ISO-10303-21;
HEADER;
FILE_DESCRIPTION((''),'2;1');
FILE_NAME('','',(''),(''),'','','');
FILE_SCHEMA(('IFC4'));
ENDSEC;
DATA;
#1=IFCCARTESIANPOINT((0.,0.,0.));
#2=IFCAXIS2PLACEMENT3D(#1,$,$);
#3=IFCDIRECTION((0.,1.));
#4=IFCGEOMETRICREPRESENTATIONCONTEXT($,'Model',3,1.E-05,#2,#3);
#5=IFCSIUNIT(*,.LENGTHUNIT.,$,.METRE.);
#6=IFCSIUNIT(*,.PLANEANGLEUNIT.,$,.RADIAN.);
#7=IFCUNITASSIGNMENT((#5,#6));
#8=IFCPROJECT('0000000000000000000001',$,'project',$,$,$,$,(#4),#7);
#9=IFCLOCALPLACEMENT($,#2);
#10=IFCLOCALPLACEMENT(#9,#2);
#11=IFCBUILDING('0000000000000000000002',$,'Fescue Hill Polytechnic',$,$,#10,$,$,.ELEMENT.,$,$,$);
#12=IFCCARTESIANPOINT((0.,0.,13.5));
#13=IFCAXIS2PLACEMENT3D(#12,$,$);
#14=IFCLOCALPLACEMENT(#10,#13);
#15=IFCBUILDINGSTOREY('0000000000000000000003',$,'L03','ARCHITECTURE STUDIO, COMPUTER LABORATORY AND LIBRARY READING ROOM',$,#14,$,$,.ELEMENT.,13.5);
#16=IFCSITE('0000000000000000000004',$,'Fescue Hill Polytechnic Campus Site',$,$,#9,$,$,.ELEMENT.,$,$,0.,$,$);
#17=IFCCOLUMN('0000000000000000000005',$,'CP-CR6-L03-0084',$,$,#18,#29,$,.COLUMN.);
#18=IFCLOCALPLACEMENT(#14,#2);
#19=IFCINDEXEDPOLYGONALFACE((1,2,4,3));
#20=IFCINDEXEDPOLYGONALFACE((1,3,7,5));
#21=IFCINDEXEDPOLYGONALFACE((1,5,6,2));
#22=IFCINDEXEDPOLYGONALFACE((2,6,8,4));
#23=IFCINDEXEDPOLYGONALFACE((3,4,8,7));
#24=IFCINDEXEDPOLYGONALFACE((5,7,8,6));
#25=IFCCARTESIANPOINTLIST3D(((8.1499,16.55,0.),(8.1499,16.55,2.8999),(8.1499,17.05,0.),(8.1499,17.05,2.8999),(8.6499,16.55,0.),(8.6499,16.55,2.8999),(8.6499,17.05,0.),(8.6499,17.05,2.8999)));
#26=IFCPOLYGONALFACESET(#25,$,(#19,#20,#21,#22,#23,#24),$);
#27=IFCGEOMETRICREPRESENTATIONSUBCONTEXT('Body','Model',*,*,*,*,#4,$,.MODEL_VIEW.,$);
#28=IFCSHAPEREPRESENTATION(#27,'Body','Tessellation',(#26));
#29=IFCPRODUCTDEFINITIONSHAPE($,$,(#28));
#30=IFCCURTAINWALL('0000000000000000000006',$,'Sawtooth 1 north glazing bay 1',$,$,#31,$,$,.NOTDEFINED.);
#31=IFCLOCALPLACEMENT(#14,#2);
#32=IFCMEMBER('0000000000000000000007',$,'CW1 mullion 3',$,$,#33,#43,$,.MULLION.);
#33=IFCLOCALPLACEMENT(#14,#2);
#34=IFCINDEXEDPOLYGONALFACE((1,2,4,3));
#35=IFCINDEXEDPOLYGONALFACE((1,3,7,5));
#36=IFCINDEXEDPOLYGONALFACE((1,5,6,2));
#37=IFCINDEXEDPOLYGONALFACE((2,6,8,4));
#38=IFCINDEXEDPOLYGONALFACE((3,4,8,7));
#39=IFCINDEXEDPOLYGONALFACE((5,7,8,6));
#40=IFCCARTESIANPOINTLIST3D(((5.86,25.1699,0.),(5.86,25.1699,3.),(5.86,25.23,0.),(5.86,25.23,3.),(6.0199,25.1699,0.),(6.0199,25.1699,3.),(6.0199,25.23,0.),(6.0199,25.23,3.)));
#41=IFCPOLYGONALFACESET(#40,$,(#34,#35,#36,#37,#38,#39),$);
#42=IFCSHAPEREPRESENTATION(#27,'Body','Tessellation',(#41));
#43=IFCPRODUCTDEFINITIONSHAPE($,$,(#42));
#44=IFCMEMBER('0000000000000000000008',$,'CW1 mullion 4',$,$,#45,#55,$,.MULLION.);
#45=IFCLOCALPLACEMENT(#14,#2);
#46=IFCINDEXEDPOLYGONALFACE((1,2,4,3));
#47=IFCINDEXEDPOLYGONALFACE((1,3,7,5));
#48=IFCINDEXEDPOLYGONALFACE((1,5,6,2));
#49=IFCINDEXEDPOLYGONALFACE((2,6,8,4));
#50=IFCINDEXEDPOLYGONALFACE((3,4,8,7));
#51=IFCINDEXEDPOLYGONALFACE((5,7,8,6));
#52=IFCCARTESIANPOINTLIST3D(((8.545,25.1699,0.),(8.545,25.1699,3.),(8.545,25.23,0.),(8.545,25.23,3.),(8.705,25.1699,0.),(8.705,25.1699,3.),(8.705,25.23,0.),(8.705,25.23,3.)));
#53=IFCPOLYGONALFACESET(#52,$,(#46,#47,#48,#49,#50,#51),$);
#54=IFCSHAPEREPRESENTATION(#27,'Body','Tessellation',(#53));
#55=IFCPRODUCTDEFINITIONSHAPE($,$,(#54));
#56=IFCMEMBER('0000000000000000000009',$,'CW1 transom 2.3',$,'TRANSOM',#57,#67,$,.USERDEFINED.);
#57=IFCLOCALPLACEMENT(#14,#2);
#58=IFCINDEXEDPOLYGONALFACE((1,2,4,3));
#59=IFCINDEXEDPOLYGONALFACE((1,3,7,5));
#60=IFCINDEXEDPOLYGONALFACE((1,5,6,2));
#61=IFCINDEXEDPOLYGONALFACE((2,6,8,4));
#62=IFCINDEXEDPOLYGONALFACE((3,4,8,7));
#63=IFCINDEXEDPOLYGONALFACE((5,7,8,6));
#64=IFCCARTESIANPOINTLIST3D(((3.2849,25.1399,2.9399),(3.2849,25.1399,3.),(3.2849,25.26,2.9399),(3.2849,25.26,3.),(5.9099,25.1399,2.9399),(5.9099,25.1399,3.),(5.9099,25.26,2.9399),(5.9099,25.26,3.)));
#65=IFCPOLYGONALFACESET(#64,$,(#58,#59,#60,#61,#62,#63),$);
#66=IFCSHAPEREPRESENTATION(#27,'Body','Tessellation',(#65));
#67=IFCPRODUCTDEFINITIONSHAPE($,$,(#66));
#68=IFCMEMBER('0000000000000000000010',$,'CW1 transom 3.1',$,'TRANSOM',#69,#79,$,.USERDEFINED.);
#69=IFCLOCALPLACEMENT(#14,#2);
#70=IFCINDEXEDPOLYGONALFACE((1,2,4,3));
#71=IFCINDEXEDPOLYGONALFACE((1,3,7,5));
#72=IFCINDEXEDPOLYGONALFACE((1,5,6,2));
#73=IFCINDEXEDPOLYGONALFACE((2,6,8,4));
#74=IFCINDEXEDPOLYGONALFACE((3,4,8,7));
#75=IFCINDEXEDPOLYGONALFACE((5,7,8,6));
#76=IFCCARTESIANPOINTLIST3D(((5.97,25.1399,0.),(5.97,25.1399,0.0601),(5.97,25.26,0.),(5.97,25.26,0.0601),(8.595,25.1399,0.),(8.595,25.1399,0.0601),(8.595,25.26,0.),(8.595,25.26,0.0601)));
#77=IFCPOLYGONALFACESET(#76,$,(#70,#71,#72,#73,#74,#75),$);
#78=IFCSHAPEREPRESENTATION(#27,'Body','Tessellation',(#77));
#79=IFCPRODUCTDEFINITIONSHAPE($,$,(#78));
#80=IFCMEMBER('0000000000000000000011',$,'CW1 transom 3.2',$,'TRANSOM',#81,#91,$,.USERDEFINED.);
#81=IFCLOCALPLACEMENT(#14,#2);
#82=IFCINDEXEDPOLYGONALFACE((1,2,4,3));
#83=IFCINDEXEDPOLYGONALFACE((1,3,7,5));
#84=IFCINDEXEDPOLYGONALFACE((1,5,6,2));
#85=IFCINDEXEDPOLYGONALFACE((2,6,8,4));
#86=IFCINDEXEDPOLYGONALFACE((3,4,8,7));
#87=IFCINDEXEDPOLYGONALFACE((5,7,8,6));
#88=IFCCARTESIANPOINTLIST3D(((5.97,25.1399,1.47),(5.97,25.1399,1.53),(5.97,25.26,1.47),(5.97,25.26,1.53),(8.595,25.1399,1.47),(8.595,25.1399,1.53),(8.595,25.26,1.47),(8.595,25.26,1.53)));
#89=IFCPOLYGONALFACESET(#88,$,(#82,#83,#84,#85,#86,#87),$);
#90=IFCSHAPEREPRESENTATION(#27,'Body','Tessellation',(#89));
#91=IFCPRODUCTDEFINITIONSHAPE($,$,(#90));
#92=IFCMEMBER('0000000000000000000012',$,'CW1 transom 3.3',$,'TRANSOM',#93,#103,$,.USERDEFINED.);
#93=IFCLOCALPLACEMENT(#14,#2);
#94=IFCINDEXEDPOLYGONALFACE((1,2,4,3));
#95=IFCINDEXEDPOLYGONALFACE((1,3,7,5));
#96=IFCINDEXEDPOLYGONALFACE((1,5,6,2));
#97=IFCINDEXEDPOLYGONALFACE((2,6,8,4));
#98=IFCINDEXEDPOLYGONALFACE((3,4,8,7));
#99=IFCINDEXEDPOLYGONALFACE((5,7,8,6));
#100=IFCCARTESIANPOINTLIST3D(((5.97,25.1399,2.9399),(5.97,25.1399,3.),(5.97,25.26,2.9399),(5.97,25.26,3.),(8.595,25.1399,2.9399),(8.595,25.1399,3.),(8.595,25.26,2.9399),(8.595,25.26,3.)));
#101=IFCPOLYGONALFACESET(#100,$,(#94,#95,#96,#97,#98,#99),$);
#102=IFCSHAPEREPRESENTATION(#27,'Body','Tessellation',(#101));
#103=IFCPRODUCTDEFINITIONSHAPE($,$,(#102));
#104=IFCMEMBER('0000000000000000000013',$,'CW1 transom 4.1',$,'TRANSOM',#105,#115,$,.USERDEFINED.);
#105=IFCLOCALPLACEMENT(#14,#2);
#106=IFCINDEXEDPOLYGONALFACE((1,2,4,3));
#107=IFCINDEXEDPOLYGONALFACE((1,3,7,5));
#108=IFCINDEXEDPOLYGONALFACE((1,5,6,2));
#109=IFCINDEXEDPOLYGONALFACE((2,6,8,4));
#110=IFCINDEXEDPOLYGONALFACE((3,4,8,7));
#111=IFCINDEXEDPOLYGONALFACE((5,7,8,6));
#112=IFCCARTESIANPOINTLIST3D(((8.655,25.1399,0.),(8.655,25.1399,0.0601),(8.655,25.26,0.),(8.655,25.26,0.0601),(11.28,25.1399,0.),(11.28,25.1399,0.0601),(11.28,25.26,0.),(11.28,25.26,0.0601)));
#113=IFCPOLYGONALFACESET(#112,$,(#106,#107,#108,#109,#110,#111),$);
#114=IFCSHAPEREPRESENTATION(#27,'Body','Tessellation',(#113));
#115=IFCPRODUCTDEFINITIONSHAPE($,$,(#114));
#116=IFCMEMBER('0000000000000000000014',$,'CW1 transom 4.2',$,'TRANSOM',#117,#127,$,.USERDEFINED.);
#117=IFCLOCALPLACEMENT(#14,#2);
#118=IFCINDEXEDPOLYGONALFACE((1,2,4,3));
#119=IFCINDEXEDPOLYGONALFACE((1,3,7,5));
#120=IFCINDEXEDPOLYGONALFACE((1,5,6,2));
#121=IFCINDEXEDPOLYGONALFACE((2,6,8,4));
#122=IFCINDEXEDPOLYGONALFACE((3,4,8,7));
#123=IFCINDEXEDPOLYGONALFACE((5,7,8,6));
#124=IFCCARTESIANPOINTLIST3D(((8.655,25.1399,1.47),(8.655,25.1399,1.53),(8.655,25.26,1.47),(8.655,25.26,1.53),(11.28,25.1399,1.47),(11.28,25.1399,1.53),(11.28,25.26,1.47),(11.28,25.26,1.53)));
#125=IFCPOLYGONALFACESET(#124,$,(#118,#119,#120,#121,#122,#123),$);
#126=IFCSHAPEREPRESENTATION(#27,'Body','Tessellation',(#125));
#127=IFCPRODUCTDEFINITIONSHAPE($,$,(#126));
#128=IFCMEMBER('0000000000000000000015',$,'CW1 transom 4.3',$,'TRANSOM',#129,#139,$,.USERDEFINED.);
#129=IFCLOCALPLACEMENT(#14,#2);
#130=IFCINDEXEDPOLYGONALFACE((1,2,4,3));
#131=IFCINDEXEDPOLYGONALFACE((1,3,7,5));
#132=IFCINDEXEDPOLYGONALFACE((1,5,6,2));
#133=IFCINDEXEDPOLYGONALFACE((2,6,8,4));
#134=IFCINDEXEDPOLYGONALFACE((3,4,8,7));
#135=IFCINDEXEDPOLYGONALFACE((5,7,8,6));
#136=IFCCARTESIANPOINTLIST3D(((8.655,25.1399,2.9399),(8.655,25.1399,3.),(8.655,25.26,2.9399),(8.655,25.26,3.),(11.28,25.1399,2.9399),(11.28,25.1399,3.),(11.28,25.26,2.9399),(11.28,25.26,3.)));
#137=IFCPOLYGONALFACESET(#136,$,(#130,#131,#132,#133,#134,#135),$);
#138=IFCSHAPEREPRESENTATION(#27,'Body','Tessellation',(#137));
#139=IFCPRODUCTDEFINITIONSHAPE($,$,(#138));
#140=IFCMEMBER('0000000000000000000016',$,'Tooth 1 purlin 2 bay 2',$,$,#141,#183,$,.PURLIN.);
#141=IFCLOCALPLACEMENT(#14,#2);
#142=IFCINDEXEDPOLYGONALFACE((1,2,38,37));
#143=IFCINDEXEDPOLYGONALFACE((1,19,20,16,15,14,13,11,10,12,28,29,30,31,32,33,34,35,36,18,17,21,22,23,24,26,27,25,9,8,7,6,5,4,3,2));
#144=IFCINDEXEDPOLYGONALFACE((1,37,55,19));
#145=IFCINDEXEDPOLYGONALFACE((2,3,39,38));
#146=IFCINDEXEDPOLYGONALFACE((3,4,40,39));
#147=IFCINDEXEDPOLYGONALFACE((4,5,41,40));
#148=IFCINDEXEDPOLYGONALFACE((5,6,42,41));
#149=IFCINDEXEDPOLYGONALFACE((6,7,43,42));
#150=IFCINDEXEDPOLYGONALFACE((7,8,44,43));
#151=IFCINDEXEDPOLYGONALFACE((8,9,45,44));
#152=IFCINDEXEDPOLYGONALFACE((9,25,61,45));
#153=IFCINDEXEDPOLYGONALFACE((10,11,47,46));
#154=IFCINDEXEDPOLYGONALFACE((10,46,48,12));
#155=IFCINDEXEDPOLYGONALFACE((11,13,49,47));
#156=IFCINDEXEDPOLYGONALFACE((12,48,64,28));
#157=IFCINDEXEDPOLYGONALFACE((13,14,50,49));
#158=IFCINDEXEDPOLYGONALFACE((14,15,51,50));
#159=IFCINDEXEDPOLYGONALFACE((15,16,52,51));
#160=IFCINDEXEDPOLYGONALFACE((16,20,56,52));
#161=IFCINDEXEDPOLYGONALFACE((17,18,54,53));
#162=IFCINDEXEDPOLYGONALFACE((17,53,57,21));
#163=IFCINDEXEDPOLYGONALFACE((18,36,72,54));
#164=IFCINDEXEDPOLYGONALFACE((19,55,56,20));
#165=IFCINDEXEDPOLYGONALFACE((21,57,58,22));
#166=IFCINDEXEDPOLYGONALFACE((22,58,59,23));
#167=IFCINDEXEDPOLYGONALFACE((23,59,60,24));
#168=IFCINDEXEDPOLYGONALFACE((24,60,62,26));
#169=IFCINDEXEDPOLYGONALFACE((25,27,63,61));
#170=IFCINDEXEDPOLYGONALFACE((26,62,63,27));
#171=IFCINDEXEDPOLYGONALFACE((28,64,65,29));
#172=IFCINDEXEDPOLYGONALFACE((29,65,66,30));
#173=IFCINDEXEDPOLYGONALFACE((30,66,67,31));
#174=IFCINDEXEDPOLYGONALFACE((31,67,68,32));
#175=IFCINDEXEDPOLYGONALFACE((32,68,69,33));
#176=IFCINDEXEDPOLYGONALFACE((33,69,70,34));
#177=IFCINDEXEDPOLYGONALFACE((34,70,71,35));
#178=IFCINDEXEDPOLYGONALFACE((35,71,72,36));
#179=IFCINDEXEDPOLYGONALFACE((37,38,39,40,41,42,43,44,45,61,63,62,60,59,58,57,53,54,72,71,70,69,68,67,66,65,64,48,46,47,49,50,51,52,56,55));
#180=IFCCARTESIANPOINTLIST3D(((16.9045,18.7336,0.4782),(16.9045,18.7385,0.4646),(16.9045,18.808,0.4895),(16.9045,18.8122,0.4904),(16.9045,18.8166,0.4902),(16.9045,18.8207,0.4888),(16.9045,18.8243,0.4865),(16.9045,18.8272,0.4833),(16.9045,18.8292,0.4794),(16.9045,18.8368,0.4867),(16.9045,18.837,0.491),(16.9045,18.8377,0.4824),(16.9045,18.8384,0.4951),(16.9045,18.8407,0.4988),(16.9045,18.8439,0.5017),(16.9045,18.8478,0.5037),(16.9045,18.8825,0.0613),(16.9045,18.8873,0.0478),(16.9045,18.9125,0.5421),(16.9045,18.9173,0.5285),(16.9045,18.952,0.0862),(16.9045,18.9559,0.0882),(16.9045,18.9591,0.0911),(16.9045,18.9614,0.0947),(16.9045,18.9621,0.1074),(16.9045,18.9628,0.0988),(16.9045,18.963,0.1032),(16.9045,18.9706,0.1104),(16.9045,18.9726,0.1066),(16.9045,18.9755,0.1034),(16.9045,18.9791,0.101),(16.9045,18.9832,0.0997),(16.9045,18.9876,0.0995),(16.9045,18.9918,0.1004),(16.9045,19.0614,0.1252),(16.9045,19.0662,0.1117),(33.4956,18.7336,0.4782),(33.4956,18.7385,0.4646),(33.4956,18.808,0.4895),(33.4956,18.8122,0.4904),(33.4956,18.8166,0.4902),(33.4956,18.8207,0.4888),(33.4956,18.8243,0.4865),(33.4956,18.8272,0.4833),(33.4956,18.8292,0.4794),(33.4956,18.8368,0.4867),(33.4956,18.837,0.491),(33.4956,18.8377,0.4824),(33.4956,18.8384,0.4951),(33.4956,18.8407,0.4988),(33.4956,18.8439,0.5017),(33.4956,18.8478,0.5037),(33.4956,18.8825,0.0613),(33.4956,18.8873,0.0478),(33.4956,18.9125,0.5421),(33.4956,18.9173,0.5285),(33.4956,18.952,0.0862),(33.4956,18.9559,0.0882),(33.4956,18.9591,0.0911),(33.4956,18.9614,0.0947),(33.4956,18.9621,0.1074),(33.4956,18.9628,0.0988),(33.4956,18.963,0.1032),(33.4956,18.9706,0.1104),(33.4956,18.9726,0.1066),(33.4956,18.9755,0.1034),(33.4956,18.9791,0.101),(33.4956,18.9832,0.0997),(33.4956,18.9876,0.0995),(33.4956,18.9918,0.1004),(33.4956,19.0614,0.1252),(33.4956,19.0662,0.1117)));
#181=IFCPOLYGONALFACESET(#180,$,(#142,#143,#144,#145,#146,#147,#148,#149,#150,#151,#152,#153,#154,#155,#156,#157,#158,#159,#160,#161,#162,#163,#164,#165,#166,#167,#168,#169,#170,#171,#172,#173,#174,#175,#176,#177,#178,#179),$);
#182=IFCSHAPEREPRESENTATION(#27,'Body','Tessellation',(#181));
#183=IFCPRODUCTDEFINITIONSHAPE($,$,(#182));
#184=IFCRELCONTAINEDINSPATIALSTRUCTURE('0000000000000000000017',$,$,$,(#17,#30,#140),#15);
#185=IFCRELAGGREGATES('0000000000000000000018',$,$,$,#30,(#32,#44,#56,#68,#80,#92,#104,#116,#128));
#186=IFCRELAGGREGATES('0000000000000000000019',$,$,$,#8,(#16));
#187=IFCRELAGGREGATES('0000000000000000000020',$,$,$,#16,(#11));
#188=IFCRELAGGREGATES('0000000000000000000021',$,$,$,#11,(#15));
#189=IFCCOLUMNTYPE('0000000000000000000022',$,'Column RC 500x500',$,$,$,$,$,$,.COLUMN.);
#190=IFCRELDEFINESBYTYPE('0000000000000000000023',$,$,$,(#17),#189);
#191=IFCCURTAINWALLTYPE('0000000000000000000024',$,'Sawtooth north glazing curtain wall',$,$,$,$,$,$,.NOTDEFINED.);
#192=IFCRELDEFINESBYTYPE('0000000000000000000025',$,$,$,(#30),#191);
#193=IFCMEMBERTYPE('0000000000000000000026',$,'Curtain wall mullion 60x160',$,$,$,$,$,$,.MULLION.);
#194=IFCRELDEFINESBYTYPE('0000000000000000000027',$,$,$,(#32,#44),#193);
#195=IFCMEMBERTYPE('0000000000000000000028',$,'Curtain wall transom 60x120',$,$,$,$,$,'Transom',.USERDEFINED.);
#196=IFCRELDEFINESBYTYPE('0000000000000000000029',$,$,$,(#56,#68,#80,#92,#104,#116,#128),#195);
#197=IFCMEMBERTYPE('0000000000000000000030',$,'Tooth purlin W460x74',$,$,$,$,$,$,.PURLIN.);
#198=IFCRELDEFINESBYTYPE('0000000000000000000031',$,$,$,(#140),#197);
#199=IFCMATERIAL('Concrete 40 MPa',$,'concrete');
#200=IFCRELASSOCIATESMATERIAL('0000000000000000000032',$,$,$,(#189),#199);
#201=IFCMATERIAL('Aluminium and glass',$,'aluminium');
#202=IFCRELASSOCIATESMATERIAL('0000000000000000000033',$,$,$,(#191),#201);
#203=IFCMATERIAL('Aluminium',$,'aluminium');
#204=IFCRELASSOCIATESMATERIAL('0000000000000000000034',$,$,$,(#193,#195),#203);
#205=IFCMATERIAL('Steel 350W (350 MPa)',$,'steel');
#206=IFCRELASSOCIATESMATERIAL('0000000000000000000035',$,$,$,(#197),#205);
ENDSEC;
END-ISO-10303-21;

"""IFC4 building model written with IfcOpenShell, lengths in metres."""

from ifc_helpers import new_model, si_unit, direction, frame, origin, origin_2d, place, context, subcontext, project, spatial, rectangle, i_section, extrude, material, material_profile, profile_set, type_object, element, aggregate, save


model = new_model("IFC4")

# Units and contexts
model_context = context("Model", 3, precision=1e-05, world=origin(), true_north=direction((0.0, 1.0)))
body_context = subcontext(model_context, "Body", "Model", "MODEL_VIEW")
ifc_project = project(units=[si_unit("LENGTHUNIT", "METRE"), si_unit("PLANEANGLEUNIT", "RADIAN")], contexts=[model_context])

# Site, building, storey
site_placement = place(None, origin())
site = spatial("IfcSite", under=ifc_project, at=site_placement, Name="Fescue Hill Polytechnic Campus Site", CompositionType="ELEMENT", RefElevation=0.0)
building_placement = place(site_placement, origin())
building = spatial("IfcBuilding", under=site, at=building_placement, Name="Fescue Hill Polytechnic", CompositionType="ELEMENT")
storey_placement = place(building_placement, frame((0.0, 0.0, 13.5)))
storey = spatial("IfcBuildingStorey", under=building, at=storey_placement, Name="L03", Description="ARCHITECTURE STUDIO, COMPUTER LABORATORY AND LIBRARY READING ROOM", CompositionType="ELEMENT", Elevation=13.5)

# Column
ifc_material_1 = material(Name="Concrete 40 MPa", Category="concrete")
ifc_material_profile_1 = material_profile(ifc_material_1, rectangle(XDim=0.5, YDim=0.5, at=origin_2d()), Name="RC 500x500")
ifc_profile_set_1 = profile_set([ifc_material_profile_1], Name="Concrete 40 MPa")
column_type = type_object("IfcColumnType", Name="Column RC 500x500", PredefinedType="COLUMN", material=ifc_profile_set_1)
column_placement = place(storey_placement, frame((8.3999, 16.8, 0.0), z_axis=(0.0, 0.0, 1.0), x_axis=(1.0, 0.0, 0.0)))
element("IfcColumn", 1, at=column_placement, inside=storey, type_object=column_type, Name="CP-CR6-L03-0084", PredefinedType="COLUMN", context=body_context, shape_type="SweptSolid", body=[
    extrude(rectangle(XDim=0.5, YDim=0.5, at=origin_2d()), origin(), (0.0, 0.0, 1.0), 2.8999),
])

# Curtain wall, members
ifc_material_2 = material(Name="Aluminium and glass", Category="aluminium")
curtain_wall_type = type_object("IfcCurtainWallType", Name="Sawtooth north glazing curtain wall", PredefinedType="NOTDEFINED", material=ifc_material_2)
curtain_wall_placement = place(storey_placement, origin())
curtain_wall = element("IfcCurtainWall", 2, at=curtain_wall_placement, inside=storey, type_object=curtain_wall_type, Name="Sawtooth 1 north glazing bay 1", PredefinedType="NOTDEFINED")
ifc_material_3 = material(Name="Aluminium", Category="aluminium")
ifc_material_profile_2 = material_profile(ifc_material_3, rectangle(XDim=0.0601, YDim=0.1599, at=origin_2d()), Name="Curtain wall mullion 60x160")
ifc_profile_set_2 = profile_set([ifc_material_profile_2], Name="Aluminium")
member_type_1 = type_object("IfcMemberType", Name="Curtain wall mullion 60x160", PredefinedType="MULLION", material=ifc_profile_set_2)
member_1_placement = place(storey_placement, frame((5.9399, 25.2, 0.0), z_axis=(0.0, 0.0, 1.0), x_axis=(0.0, 1.0, 0.0)))
member_1 = element("IfcMember", 3, at=member_1_placement, type_object=member_type_1, Name="CW1 mullion 3", PredefinedType="MULLION", context=body_context, shape_type="SweptSolid", body=[
    extrude(rectangle(XDim=0.0601, YDim=0.1599, at=origin_2d()), origin(), (0.0, 0.0, 1.0), 3.0),
])
member_2_placement = place(storey_placement, frame((8.625, 25.2, 0.0), z_axis=(0.0, 0.0, 1.0), x_axis=(0.0, 1.0, 0.0)))
member_2 = element("IfcMember", 4, at=member_2_placement, type_object=member_type_1, Name="CW1 mullion 4", PredefinedType="MULLION", context=body_context, shape_type="SweptSolid", body=[
    extrude(rectangle(XDim=0.0601, YDim=0.1599, at=origin_2d()), origin(), (0.0, 0.0, 1.0), 3.0),
])
ifc_material_profile_3 = material_profile(ifc_material_3, rectangle(XDim=0.1201, YDim=0.0601, at=origin_2d()), Name="Curtain wall transom 60x120")
ifc_profile_set_3 = profile_set([ifc_material_profile_3], Name="Aluminium")
member_type_2 = type_object("IfcMemberType", Name="Curtain wall transom 60x120", ElementType="Transom", PredefinedType="USERDEFINED", material=ifc_profile_set_3)
member_3_placement = place(storey_placement, frame((3.2849, 25.2, 2.97), z_axis=(1.0, 0.0, 0.0), x_axis=(0.0, 1.0, 0.0)))
member_3 = element("IfcMember", 5, at=member_3_placement, type_object=member_type_2, Name="CW1 transom 2.3", ObjectType="TRANSOM", PredefinedType="USERDEFINED", context=body_context, shape_type="SweptSolid", body=[
    extrude(rectangle(XDim=0.1201, YDim=0.0601, at=origin_2d()), origin(), (0.0, 0.0, 1.0), 2.625),
])
member_4_placement = place(storey_placement, frame((5.97, 25.2, 0.03), z_axis=(1.0, 0.0, 0.0), x_axis=(0.0, 1.0, 0.0)))
member_4 = element("IfcMember", 6, at=member_4_placement, type_object=member_type_2, Name="CW1 transom 3.1", ObjectType="TRANSOM", PredefinedType="USERDEFINED", context=body_context, shape_type="SweptSolid", body=[
    extrude(rectangle(XDim=0.1201, YDim=0.0601, at=origin_2d()), origin(), (0.0, 0.0, 1.0), 2.625),
])
member_5_placement = place(storey_placement, frame((5.97, 25.2, 1.5), z_axis=(1.0, 0.0, 0.0), x_axis=(0.0, 1.0, 0.0)))
member_5 = element("IfcMember", 7, at=member_5_placement, type_object=member_type_2, Name="CW1 transom 3.2", ObjectType="TRANSOM", PredefinedType="USERDEFINED", context=body_context, shape_type="SweptSolid", body=[
    extrude(rectangle(XDim=0.1201, YDim=0.0601, at=origin_2d()), origin(), (0.0, 0.0, 1.0), 2.625),
])
member_6_placement = place(storey_placement, frame((5.97, 25.2, 2.97), z_axis=(1.0, 0.0, 0.0), x_axis=(0.0, 1.0, 0.0)))
member_6 = element("IfcMember", 8, at=member_6_placement, type_object=member_type_2, Name="CW1 transom 3.3", ObjectType="TRANSOM", PredefinedType="USERDEFINED", context=body_context, shape_type="SweptSolid", body=[
    extrude(rectangle(XDim=0.1201, YDim=0.0601, at=origin_2d()), origin(), (0.0, 0.0, 1.0), 2.625),
])
member_7_placement = place(storey_placement, frame((8.655, 25.2, 0.03), z_axis=(1.0, 0.0, 0.0), x_axis=(0.0, 1.0, 0.0)))
member_7 = element("IfcMember", 9, at=member_7_placement, type_object=member_type_2, Name="CW1 transom 4.1", ObjectType="TRANSOM", PredefinedType="USERDEFINED", context=body_context, shape_type="SweptSolid", body=[
    extrude(rectangle(XDim=0.1201, YDim=0.0601, at=origin_2d()), origin(), (0.0, 0.0, 1.0), 2.625),
])
member_8_placement = place(storey_placement, frame((8.655, 25.2, 1.5), z_axis=(1.0, 0.0, 0.0), x_axis=(0.0, 1.0, 0.0)))
member_8 = element("IfcMember", 10, at=member_8_placement, type_object=member_type_2, Name="CW1 transom 4.2", ObjectType="TRANSOM", PredefinedType="USERDEFINED", context=body_context, shape_type="SweptSolid", body=[
    extrude(rectangle(XDim=0.1201, YDim=0.0601, at=origin_2d()), origin(), (0.0, 0.0, 1.0), 2.625),
])
member_9_placement = place(storey_placement, frame((8.655, 25.2, 2.97), z_axis=(1.0, 0.0, 0.0), x_axis=(0.0, 1.0, 0.0)))
member_9 = element("IfcMember", 11, at=member_9_placement, type_object=member_type_2, Name="CW1 transom 4.3", ObjectType="TRANSOM", PredefinedType="USERDEFINED", context=body_context, shape_type="SweptSolid", body=[
    extrude(rectangle(XDim=0.1201, YDim=0.0601, at=origin_2d()), origin(), (0.0, 0.0, 1.0), 2.625),
])

# Member
ifc_material_4 = material(Name="Steel 350W (350 MPa)", Category="steel")
ifc_material_profile_4 = material_profile(ifc_material_4, i_section(OverallWidth=0.1899, OverallDepth=0.457, WebThickness=0.009, FlangeThickness=0.0144, FilletRadius=0.0166, at=origin_2d()), Name="W460x74")
ifc_profile_set_4 = profile_set([ifc_material_profile_4], Name="Steel 350W (350 MPa)")
member_type_3 = type_object("IfcMemberType", Name="Tooth purlin W460x74", PredefinedType="PURLIN", material=ifc_profile_set_4)
for number, where, z_axis, x_axis, name in (
    (12, (16.9045, 18.8999, 0.2949), (1.0, 0.0, 0.0), (0.0, 0.941742, 0.336336), "Tooth 1 purlin 2 bay 2"),
):
    element("IfcMember", number, at=place(storey_placement, frame(where, z_axis=z_axis, x_axis=x_axis)), inside=storey, type_object=member_type_3, Name=name, PredefinedType="PURLIN", context=body_context, shape_type="SweptSolid", body=[
        extrude(i_section(OverallWidth=0.1899, OverallDepth=0.457, WebThickness=0.009, FlangeThickness=0.0144, FilletRadius=0.0166, at=origin_2d()), origin(), (0.0, 0.0, 1.0), 16.5911),
    ])

aggregate(curtain_wall, [member_1, member_2, member_3, member_4, member_5, member_6, member_7, member_8, member_9])

save(model, "model.ifc")
